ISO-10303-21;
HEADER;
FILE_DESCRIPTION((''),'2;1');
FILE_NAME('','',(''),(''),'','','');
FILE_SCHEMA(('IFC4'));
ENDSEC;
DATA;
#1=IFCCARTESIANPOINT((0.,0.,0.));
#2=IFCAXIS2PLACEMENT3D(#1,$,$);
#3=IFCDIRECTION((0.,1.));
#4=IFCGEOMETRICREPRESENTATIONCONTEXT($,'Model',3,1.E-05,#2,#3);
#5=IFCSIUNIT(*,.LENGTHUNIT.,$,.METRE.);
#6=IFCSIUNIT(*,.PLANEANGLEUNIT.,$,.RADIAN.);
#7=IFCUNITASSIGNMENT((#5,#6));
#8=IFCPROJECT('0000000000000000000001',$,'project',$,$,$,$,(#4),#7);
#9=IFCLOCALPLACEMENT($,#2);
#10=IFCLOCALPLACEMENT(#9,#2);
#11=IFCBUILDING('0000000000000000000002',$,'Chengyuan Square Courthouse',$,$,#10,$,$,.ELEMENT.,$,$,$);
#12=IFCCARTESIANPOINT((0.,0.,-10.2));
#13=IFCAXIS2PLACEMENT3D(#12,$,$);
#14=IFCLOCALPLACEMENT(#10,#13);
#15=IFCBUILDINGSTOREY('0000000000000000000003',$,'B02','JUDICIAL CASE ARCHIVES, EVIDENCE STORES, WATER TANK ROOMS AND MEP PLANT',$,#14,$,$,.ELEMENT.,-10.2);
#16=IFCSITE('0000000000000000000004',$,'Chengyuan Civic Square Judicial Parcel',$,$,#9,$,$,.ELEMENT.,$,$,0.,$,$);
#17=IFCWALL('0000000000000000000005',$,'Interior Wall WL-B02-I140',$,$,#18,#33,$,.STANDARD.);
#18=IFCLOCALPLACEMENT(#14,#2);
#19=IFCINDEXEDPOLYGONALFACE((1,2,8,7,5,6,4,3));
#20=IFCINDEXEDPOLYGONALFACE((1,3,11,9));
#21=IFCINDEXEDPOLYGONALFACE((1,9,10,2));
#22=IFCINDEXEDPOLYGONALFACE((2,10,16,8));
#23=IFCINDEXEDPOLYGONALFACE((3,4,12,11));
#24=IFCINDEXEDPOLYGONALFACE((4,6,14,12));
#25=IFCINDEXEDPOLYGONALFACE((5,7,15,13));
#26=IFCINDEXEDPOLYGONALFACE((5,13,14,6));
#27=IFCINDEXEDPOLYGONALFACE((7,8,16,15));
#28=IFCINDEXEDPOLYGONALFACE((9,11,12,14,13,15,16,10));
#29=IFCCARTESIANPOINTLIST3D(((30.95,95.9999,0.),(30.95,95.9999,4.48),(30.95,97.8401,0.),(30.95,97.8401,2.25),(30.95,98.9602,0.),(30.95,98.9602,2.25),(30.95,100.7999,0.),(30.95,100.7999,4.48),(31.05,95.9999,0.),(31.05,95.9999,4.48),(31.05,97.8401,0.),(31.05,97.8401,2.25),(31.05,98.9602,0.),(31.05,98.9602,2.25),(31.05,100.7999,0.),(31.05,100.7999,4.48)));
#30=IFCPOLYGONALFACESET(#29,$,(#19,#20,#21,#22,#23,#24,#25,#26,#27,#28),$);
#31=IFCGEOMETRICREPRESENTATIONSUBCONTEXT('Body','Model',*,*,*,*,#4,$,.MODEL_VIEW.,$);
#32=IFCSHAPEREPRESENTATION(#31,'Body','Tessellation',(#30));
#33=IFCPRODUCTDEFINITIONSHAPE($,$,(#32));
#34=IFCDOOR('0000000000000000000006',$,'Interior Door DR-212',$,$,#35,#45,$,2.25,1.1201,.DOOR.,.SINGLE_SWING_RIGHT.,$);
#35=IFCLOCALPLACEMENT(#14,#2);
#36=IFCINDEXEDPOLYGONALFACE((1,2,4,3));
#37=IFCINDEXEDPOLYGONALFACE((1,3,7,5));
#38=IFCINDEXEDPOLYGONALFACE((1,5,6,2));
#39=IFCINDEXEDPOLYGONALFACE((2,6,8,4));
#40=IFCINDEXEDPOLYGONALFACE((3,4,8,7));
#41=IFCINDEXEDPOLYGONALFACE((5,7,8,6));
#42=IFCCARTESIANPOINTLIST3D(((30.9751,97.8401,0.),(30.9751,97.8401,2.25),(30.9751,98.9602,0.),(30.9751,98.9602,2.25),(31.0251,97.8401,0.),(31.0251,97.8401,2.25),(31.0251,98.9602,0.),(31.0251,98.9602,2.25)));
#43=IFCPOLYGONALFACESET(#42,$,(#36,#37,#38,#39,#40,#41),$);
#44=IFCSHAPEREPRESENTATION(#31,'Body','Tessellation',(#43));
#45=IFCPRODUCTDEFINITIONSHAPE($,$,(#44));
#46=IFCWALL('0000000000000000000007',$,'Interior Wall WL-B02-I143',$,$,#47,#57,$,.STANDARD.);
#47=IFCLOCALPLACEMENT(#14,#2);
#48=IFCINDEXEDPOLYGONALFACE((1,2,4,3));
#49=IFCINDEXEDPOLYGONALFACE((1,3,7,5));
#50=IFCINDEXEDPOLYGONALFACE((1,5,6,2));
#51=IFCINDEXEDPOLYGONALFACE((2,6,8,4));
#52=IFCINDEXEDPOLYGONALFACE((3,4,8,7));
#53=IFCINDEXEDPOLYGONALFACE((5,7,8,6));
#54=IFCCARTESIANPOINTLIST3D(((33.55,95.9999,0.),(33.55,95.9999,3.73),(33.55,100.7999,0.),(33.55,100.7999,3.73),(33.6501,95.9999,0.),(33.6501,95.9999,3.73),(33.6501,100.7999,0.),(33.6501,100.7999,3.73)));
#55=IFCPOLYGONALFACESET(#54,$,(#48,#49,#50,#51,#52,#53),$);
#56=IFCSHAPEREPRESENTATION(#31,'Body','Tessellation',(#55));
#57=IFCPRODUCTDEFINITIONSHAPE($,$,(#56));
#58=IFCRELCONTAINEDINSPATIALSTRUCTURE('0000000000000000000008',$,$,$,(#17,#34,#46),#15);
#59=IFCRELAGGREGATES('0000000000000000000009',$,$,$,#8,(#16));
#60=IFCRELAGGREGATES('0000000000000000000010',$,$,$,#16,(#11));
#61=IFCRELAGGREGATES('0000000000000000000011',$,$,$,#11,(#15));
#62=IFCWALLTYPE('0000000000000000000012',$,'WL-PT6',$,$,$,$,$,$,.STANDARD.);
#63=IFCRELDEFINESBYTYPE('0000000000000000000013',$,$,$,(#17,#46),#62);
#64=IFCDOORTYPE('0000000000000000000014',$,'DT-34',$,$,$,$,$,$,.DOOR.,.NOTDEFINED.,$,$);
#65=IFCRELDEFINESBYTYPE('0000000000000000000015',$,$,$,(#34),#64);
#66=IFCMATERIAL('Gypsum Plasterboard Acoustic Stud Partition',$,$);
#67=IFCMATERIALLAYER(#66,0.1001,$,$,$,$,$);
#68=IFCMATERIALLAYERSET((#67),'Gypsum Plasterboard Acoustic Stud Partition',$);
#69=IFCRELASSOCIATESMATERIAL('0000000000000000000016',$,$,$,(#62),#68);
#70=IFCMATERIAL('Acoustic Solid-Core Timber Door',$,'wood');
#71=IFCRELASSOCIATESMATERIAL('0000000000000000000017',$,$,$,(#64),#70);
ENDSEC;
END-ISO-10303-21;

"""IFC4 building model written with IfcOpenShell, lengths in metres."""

from ifc_helpers import new_model, si_unit, direction, frame, frame_2d, origin, place, context, subcontext, project, spatial, rectangle, extrude, material, layer, layer_set, type_object, element, fill, save


model = new_model("IFC4")

# Units and contexts
model_context = context("Model", 3, precision=1e-05, world=origin(), true_north=direction((0.0, 1.0)))
body_context = subcontext(model_context, "Body", "Model", "MODEL_VIEW")
ifc_project = project(units=[si_unit("LENGTHUNIT", "METRE"), si_unit("PLANEANGLEUNIT", "RADIAN")], contexts=[model_context])

# Site, building, storey
site_placement = place(None, origin())
site = spatial("IfcSite", under=ifc_project, at=site_placement, Name="Chengyuan Civic Square Judicial Parcel", CompositionType="ELEMENT", RefElevation=0.0)
building_placement = place(site_placement, origin())
building = spatial("IfcBuilding", under=site, at=building_placement, Name="Chengyuan Square Courthouse", CompositionType="ELEMENT")
storey_placement = place(building_placement, frame((0.0, 0.0, -10.2)))
storey = spatial("IfcBuildingStorey", under=building, at=storey_placement, Name="B02", Description="JUDICIAL CASE ARCHIVES, EVIDENCE STORES, WATER TANK ROOMS AND MEP PLANT", CompositionType="ELEMENT", Elevation=-10.2)

# Shared definitions
ifc_material_1 = material(Name="Gypsum Plasterboard Acoustic Stud Partition")
ifc_layer = layer(ifc_material_1, 0.1001)
ifc_layer_set = layer_set([ifc_layer], Name="Gypsum Plasterboard Acoustic Stud Partition")
wall_type = type_object("IfcWallType", Name="WL-PT6", PredefinedType="STANDARD", material=ifc_layer_set)
ifc_material_2 = material(Name="Acoustic Solid-Core Timber Door", Category="wood")

# Wall, opening, door
wall_1_placement = place(storey_placement, frame((31.0, 96.0, 0.0), z_axis=(0.0, 0.0, 1.0), x_axis=(0.0, 1.0, 0.0)))
wall_1 = element("IfcWall", 1, at=wall_1_placement, inside=storey, type_object=wall_type, Name="Interior Wall WL-B02-I140", PredefinedType="STANDARD", context=body_context, shape_type="SweptSolid", body=[
    extrude(rectangle(XDim=4.8, YDim=0.1001, at=frame_2d((2.3999, 0.0))), origin(), (0.0, 0.0, 1.0), 4.48),
])
opening_1_placement = place(wall_1_placement, frame((1.8401, 0.0, 0.0)))
opening_1 = element("IfcOpeningElement", 2, at=opening_1_placement, cuts=wall_1, PredefinedType="OPENING", context=body_context, shape_type="SweptSolid", body=[
    extrude(rectangle(XDim=1.1201, YDim=2.25, at=frame_2d((0.5601, 1.125))), frame((0.0, 0.062, 0.0), z_axis=(0.0, -1.0, 0.0), x_axis=(1.0, 0.0, 0.0)), (0.0, 0.0, 1.0), 0.124),
])
door_type_1 = type_object("IfcDoorType", Name="DT-34", OperationType="NOTDEFINED", PredefinedType="DOOR", material=ifc_material_2)
door_1_placement = place(opening_1_placement, origin())
door_1 = element("IfcDoor", 3, at=door_1_placement, inside=storey, type_object=door_type_1, Name="Interior Door DR-212", OperationType="SINGLE_SWING_RIGHT", OverallHeight=2.25, OverallWidth=1.1201, PredefinedType="DOOR", context=body_context, shape_type="SweptSolid", body=[
    extrude(rectangle(XDim=1.1201, YDim=2.25, at=frame_2d((0.5601, 1.125))), frame((0.0, 0.0249, 0.0), z_axis=(0.0, -1.0, 0.0), x_axis=(1.0, 0.0, 0.0)), (0.0, 0.0, 1.0), 0.05),
])
fill(opening_1, door_1)

# Wall
wall_2_placement = place(storey_placement, frame((33.6001, 96.0, 0.0), z_axis=(0.0, 0.0, 1.0), x_axis=(0.0, 1.0, 0.0)))
element("IfcWall", 4, at=wall_2_placement, inside=storey, type_object=wall_type, Name="Interior Wall WL-B02-I143", PredefinedType="STANDARD", context=body_context, shape_type="SweptSolid", body=[
    extrude(rectangle(XDim=4.8, YDim=0.1001, at=frame_2d((2.3999, 0.0))), origin(), (0.0, 0.0, 1.0), 3.73),
])

save(model, "model.ifc")
